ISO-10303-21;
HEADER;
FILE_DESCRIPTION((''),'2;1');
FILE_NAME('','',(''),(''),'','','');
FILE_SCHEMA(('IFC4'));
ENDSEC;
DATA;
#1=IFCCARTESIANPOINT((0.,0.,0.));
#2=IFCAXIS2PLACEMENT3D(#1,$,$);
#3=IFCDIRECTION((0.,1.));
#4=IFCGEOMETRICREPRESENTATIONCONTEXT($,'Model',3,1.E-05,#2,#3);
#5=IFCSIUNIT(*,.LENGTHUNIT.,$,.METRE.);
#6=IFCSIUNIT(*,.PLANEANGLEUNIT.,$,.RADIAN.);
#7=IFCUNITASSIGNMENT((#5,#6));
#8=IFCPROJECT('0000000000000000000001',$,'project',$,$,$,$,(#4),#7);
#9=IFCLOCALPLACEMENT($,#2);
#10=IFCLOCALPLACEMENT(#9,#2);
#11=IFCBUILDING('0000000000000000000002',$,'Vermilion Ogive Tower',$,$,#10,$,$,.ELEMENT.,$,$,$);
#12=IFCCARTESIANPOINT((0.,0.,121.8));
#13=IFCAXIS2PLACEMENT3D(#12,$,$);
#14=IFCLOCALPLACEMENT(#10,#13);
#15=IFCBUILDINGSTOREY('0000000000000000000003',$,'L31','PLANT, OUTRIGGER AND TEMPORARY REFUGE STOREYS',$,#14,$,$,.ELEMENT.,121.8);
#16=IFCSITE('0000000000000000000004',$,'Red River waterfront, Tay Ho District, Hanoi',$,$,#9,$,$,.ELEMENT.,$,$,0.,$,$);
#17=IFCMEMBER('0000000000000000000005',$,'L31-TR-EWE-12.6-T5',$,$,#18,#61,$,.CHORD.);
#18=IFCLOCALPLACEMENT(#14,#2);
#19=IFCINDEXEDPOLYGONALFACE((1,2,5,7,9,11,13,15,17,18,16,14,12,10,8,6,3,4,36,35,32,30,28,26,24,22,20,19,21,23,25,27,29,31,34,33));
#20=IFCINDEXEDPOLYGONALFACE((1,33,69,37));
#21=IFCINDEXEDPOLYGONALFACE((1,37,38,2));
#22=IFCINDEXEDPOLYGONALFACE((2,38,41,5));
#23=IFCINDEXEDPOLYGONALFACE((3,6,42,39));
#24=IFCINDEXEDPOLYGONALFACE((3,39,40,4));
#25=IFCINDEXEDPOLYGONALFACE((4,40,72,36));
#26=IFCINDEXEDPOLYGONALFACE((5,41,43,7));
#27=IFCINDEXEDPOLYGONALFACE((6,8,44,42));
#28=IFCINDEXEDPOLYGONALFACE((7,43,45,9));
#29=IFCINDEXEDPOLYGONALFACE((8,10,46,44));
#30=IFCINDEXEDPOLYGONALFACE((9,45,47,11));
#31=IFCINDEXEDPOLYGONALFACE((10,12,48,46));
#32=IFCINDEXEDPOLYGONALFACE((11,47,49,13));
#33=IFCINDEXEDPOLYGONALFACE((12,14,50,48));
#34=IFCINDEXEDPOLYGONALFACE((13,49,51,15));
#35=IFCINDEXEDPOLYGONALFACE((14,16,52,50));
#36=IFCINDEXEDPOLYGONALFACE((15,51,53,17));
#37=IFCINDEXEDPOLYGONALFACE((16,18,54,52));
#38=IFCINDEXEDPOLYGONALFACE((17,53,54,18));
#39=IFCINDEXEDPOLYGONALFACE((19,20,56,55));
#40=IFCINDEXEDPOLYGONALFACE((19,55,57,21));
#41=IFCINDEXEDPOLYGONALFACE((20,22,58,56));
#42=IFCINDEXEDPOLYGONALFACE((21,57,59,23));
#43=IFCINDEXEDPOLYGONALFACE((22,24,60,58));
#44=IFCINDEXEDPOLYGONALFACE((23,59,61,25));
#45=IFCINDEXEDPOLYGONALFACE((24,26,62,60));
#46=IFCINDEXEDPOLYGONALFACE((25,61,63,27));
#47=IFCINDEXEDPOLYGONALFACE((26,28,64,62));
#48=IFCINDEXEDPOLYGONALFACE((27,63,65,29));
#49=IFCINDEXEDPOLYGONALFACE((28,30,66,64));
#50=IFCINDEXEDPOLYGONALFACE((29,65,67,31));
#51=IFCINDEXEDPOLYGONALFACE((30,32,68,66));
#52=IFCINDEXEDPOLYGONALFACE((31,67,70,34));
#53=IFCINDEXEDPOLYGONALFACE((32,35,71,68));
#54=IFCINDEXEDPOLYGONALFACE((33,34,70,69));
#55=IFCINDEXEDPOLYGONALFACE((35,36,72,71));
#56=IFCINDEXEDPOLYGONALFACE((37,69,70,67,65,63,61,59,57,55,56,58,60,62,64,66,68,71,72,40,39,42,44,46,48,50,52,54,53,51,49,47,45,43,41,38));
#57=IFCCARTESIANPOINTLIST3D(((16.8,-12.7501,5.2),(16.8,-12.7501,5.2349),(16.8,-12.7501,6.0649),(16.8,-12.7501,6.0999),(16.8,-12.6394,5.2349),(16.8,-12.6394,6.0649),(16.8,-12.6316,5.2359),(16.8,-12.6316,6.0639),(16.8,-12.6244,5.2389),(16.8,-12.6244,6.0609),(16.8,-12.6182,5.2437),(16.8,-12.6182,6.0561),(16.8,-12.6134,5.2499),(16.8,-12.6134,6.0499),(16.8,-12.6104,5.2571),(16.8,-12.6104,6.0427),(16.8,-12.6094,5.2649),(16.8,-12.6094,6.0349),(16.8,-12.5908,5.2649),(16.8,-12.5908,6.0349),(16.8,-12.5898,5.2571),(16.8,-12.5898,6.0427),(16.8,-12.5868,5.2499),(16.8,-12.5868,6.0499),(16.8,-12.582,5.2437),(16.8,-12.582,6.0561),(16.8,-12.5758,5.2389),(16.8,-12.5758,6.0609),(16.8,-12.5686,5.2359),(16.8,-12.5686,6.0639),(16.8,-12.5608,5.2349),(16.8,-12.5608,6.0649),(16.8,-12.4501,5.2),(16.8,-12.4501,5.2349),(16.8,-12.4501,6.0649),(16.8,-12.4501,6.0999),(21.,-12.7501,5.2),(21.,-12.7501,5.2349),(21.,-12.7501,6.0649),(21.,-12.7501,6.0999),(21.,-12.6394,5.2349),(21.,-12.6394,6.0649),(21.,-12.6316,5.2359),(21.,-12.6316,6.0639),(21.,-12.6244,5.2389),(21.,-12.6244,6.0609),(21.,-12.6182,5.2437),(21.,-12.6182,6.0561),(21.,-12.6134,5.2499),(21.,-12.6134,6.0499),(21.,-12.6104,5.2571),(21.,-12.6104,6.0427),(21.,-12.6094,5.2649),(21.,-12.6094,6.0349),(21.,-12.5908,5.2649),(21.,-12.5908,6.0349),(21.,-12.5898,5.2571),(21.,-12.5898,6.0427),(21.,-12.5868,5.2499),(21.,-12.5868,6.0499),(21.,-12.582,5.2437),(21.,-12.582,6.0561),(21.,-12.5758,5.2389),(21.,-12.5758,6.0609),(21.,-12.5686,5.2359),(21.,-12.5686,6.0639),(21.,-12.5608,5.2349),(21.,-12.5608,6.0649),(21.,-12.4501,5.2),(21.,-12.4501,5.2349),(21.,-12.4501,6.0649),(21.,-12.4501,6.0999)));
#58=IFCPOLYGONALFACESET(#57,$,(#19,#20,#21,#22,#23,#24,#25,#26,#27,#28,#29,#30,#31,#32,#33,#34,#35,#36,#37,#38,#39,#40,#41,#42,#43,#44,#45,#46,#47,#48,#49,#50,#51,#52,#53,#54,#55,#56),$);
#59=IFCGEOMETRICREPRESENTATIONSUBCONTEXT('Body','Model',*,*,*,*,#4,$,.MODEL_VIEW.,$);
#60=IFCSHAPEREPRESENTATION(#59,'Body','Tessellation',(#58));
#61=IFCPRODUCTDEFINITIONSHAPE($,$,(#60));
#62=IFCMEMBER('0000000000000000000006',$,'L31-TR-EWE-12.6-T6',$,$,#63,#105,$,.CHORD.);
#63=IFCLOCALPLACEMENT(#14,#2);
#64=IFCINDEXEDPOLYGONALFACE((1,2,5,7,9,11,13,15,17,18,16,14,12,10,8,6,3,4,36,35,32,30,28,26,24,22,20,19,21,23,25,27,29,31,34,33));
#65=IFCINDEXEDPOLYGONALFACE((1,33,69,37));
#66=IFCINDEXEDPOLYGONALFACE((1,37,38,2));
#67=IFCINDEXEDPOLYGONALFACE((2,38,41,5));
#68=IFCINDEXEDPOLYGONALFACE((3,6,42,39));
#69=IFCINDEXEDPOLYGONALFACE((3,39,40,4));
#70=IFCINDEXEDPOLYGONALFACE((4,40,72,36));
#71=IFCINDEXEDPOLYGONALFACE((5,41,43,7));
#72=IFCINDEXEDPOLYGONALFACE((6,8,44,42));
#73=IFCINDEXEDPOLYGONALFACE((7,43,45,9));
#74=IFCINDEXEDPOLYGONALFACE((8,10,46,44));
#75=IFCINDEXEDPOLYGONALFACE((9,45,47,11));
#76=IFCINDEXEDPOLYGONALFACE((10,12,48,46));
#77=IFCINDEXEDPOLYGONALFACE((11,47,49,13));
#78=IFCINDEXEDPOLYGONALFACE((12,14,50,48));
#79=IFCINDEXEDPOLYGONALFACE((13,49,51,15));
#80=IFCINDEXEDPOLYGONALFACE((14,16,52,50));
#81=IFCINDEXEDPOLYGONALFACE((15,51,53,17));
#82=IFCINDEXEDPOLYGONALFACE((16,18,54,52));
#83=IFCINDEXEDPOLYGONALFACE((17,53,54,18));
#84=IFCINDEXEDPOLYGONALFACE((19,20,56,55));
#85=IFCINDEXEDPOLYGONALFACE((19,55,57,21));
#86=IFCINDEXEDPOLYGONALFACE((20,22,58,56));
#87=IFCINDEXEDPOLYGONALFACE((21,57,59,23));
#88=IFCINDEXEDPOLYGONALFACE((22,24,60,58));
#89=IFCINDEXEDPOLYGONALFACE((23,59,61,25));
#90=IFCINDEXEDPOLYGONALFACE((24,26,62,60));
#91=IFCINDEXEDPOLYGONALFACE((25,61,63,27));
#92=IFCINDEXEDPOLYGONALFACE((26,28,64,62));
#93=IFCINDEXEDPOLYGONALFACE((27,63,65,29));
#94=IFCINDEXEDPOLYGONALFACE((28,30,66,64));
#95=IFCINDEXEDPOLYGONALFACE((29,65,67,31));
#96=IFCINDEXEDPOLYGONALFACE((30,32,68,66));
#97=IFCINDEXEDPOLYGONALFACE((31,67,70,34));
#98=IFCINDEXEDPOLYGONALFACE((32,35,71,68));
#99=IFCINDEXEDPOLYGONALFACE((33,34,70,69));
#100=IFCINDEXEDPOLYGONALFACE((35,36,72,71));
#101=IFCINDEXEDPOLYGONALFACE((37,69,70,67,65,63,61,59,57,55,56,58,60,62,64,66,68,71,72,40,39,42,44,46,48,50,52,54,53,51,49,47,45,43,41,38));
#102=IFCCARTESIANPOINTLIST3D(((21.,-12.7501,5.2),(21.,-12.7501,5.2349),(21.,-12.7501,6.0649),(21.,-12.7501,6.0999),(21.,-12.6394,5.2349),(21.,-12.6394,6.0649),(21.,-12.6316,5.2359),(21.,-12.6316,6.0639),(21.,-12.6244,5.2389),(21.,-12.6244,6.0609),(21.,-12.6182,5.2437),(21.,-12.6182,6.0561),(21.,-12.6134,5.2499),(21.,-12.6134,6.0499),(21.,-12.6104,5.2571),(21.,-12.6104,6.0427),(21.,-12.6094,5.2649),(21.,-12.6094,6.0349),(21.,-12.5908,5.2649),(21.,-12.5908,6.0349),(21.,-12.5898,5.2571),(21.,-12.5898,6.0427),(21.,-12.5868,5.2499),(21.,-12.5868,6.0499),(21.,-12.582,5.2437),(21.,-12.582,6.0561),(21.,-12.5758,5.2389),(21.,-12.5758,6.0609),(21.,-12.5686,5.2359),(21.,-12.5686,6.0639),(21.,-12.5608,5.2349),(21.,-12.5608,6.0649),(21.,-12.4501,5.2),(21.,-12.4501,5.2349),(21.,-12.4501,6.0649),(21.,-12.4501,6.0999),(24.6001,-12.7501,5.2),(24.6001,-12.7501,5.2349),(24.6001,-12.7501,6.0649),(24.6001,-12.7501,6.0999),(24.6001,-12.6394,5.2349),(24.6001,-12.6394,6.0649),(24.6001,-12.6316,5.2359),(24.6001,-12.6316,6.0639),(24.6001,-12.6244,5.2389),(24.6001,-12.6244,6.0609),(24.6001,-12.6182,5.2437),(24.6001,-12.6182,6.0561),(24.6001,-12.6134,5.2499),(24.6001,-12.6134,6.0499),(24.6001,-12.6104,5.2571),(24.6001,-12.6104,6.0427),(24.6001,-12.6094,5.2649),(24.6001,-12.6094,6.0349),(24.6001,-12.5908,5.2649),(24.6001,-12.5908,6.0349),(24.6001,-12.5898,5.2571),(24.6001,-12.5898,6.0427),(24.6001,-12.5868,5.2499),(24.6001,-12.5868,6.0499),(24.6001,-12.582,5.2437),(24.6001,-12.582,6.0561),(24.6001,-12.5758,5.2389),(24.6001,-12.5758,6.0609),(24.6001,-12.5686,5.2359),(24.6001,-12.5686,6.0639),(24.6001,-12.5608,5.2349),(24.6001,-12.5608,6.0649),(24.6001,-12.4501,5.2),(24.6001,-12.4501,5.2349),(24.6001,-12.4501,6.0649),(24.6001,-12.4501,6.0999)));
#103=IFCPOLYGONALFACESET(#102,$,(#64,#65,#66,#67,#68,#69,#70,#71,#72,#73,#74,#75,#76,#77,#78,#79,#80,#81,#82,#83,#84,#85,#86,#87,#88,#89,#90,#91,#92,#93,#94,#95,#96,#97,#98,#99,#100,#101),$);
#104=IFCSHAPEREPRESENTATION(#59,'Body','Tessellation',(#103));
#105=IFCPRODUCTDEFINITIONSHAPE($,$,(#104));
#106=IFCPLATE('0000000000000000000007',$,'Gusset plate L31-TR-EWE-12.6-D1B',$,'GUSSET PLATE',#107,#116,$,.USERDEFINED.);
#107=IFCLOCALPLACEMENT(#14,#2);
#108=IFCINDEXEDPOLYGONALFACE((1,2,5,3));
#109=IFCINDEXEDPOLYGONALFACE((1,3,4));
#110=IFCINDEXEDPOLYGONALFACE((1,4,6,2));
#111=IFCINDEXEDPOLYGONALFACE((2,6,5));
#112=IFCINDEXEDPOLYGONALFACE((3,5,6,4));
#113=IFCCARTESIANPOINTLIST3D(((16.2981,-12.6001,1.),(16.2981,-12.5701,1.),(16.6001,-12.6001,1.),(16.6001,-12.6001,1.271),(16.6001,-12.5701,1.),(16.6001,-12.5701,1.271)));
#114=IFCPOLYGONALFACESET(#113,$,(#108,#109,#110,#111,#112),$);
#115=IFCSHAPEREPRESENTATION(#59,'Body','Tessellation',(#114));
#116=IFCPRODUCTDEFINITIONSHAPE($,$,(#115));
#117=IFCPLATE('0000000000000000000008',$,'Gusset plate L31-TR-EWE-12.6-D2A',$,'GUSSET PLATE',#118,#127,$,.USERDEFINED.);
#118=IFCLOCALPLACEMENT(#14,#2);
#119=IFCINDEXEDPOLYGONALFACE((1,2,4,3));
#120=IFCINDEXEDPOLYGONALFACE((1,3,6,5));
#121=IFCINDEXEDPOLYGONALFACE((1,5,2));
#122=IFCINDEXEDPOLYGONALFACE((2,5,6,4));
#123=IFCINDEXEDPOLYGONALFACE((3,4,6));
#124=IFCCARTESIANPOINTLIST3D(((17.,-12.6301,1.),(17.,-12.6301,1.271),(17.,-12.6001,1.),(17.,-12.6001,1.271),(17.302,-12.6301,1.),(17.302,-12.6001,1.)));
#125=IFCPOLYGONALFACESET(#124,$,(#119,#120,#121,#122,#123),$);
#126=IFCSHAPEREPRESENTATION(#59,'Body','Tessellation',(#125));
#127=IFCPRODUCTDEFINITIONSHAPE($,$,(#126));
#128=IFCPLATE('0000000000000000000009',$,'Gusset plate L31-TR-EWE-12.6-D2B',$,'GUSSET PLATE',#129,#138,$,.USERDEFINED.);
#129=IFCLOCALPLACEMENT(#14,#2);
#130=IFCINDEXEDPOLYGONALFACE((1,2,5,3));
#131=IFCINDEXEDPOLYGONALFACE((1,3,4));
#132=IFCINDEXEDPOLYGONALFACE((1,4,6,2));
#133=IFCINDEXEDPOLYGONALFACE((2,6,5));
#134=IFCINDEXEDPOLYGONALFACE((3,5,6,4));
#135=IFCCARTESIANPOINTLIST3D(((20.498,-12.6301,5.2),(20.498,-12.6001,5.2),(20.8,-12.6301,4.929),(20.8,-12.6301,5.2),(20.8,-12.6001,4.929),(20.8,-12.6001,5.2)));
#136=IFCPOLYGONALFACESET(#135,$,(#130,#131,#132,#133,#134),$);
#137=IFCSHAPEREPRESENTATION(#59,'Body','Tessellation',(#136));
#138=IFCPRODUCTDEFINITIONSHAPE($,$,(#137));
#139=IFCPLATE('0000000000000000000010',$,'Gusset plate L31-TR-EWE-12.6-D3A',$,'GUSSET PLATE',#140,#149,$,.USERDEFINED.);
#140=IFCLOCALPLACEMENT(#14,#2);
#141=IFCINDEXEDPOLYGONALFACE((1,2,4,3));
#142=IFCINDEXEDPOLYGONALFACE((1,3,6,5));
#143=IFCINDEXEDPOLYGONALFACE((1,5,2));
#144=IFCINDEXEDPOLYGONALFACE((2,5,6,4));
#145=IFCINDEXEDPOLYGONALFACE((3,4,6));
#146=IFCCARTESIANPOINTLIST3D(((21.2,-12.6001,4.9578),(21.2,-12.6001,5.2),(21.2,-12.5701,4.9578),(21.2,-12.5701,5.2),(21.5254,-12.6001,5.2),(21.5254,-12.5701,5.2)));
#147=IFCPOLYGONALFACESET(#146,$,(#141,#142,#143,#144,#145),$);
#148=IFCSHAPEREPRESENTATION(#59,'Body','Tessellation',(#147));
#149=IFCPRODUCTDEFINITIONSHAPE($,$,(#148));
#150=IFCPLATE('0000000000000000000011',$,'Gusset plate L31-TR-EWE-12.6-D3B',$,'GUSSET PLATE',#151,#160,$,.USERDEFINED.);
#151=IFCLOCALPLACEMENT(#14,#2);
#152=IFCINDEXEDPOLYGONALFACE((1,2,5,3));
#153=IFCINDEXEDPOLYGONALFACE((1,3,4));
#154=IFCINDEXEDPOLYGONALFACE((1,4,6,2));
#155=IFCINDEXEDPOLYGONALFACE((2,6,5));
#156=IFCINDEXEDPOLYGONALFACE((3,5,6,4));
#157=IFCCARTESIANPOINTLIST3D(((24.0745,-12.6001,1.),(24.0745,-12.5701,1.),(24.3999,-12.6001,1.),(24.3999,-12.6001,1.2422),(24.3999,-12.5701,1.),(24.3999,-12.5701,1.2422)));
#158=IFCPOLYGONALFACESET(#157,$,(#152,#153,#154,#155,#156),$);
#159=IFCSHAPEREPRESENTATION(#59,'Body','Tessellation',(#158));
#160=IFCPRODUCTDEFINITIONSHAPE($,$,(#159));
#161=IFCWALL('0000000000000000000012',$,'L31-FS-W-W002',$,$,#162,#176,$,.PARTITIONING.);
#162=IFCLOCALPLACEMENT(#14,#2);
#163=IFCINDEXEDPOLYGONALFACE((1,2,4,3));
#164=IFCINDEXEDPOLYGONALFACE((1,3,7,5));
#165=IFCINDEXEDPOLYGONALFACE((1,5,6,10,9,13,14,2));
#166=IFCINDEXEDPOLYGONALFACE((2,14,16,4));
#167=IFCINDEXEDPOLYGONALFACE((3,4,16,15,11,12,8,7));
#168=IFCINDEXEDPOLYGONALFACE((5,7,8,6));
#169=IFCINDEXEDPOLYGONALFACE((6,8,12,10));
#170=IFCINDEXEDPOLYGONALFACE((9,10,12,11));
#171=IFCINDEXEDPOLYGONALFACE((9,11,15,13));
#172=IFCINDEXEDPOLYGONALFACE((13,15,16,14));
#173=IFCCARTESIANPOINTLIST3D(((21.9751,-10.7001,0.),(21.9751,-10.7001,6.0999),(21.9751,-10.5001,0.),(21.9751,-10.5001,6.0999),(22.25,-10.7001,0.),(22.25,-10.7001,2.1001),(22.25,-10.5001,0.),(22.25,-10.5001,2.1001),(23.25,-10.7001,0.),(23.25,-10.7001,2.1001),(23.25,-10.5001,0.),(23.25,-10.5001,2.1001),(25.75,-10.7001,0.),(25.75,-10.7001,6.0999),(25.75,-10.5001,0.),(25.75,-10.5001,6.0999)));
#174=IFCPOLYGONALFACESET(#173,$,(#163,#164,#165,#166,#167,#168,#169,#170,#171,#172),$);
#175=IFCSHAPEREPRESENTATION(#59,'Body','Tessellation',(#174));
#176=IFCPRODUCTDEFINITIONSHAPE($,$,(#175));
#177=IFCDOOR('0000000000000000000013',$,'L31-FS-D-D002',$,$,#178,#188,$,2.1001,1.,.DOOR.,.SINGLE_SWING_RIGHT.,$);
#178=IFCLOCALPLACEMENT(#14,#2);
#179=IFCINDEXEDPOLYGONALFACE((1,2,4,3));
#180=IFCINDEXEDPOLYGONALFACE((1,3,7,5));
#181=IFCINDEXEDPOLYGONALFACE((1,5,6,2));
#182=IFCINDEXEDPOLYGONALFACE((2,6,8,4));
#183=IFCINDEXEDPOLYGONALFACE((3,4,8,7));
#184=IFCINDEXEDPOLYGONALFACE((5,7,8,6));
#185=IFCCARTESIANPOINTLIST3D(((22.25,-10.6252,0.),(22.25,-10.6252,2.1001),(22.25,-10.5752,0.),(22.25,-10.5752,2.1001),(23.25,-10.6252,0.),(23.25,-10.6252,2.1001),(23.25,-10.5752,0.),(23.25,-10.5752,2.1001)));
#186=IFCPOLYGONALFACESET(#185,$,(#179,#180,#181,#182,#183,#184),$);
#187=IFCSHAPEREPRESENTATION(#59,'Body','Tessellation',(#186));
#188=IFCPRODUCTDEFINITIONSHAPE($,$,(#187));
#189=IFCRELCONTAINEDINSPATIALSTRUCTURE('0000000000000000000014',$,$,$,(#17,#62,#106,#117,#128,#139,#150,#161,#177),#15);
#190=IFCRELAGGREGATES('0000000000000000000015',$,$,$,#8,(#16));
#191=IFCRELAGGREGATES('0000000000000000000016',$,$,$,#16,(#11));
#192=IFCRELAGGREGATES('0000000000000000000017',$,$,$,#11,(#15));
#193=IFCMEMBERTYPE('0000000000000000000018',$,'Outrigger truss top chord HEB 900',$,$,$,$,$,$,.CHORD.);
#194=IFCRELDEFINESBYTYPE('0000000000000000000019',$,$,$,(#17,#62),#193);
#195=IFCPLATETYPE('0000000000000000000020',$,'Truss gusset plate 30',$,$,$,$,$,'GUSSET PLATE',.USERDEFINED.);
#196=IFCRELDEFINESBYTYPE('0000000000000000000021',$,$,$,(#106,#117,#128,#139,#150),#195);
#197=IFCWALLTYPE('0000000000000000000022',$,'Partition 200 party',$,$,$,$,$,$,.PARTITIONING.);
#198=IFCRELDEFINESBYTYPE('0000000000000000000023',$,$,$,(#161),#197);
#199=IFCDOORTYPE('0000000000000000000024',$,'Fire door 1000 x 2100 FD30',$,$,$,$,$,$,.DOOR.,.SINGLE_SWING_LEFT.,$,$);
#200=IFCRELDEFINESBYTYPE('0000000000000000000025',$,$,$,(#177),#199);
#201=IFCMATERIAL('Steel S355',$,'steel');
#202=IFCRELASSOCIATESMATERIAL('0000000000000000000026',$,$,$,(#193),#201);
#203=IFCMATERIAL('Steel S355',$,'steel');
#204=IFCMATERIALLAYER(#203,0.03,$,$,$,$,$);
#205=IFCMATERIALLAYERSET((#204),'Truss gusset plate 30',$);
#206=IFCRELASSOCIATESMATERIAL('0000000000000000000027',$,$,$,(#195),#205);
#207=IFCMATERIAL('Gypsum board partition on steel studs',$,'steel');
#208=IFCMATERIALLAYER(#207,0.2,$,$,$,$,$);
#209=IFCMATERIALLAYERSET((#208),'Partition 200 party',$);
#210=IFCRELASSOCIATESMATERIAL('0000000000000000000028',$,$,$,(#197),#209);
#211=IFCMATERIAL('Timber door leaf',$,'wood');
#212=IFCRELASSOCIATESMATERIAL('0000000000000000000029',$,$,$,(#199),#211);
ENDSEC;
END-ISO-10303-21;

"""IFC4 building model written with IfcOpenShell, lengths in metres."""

from ifc_helpers import new_model, si_unit, direction, frame, frame_2d, origin, origin_2d, place, context, subcontext, project, spatial, polyline, rectangle, i_section, outline, extrude, material, layer, layer_set, material_profile, profile_set, type_object, element, fill, save


model = new_model("IFC4")

# Units and contexts
model_context = context("Model", 3, precision=1e-05, world=origin(), true_north=direction((0.0, 1.0)))
body_context = subcontext(model_context, "Body", "Model", "MODEL_VIEW")
ifc_project = project(units=[si_unit("LENGTHUNIT", "METRE"), si_unit("PLANEANGLEUNIT", "RADIAN")], contexts=[model_context])

# Site, building, storey
site_placement = place(None, origin())
site = spatial("IfcSite", under=ifc_project, at=site_placement, Name="Red River waterfront, Tay Ho District, Hanoi", CompositionType="ELEMENT", RefElevation=0.0)
building_placement = place(site_placement, origin())
building = spatial("IfcBuilding", under=site, at=building_placement, Name="Vermilion Ogive Tower", CompositionType="ELEMENT")
storey_placement = place(building_placement, frame((0.0, 0.0, 121.8)))
storey = spatial("IfcBuildingStorey", under=building, at=storey_placement, Name="L31", Description="PLANT, OUTRIGGER AND TEMPORARY REFUGE STOREYS", CompositionType="ELEMENT", Elevation=121.8)

# Members
ifc_material_1 = material(Name="Steel S355", Category="steel")
ifc_material_profile_1 = material_profile(ifc_material_1, i_section(OverallWidth=0.3, OverallDepth=0.8999, WebThickness=0.0186, FlangeThickness=0.0349, FilletRadius=0.03, at=origin_2d()), Name="HEB 900")
ifc_profile_set_1 = profile_set([ifc_material_profile_1], Name="Steel S355")
member_type_1 = type_object("IfcMemberType", Name="Outrigger truss top chord HEB 900", PredefinedType="CHORD", material=ifc_profile_set_1)
member_1_placement = place(storey_placement, frame((16.8, -12.6001, 5.6499), z_axis=(1.0, 0.0, 0.0), x_axis=(0.0, 1.0, 0.0)))
element("IfcMember", 1, at=member_1_placement, inside=storey, type_object=member_type_1, Name="L31-TR-EWE-12.6-T5", PredefinedType="CHORD", context=body_context, shape_type="SweptSolid", body=[
    extrude(i_section(OverallWidth=0.3, OverallDepth=0.8999, WebThickness=0.0186, FlangeThickness=0.0349, FilletRadius=0.03, at=origin_2d()), origin(), (0.0, 0.0, 1.0), 4.2),
])
member_2_placement = place(storey_placement, frame((21.0, -12.6001, 5.6499), z_axis=(1.0, 0.0, 0.0), x_axis=(0.0, 1.0, 0.0)))
element("IfcMember", 2, at=member_2_placement, inside=storey, type_object=member_type_1, Name="L31-TR-EWE-12.6-T6", PredefinedType="CHORD", context=body_context, shape_type="SweptSolid", body=[
    extrude(i_section(OverallWidth=0.3, OverallDepth=0.8999, WebThickness=0.0186, FlangeThickness=0.0349, FilletRadius=0.03, at=origin_2d()), origin(), (0.0, 0.0, 1.0), 3.6001),
])

# Plates
ifc_material_2 = material(Name="Steel S355", Category="steel")
ifc_layer_1 = layer(ifc_material_2, 0.03)
ifc_layer_set_1 = layer_set([ifc_layer_1], Name="Truss gusset plate 30")
plate_type = type_object("IfcPlateType", Name="Truss gusset plate 30", ElementType="GUSSET PLATE", PredefinedType="USERDEFINED", material=ifc_layer_set_1)
for number, where, z_axis, x_axis, name in (
    (3, (16.6001, -12.6001, 1.271), (0.0, -1.0, 0.0), (-0.744281, 0.0, -0.667867), "Gusset plate L31-TR-EWE-12.6-D1B"),
    (4, (17.0, -12.6001, 1.271), (0.0, 1.0, 0.0), (0.744281, 0.0, -0.667867), "Gusset plate L31-TR-EWE-12.6-D2A"),
    (5, (20.8, -12.6001, 4.929), (0.0, 1.0, 0.0), (-0.744281, 0.0, 0.667867), "Gusset plate L31-TR-EWE-12.6-D2B"),
):
    element("IfcPlate", number, at=place(storey_placement, frame(where, z_axis=z_axis, x_axis=x_axis)), inside=storey, type_object=plate_type, Name=name, ObjectType="GUSSET PLATE", PredefinedType="USERDEFINED", context=body_context, shape_type="SweptSolid", body=[
        extrude(outline(polyline([(0.0, 0.0), (0.4058, 0.0), (0.181, 0.2017), (0.0, 0.0)])), origin(), (0.0, 0.0, -1.0), 0.03),
    ])
for number, where, z_axis, x_axis, name in (
    (6, (21.2, -12.6001, 4.9578), (0.0, -1.0, 0.0), (0.802233, 0.0, 0.597011), "Gusset plate L31-TR-EWE-12.6-D3A"),
    (7, (24.3999, -12.6001, 1.2422), (0.0, -1.0, 0.0), (-0.802233, 0.0, -0.597011), "Gusset plate L31-TR-EWE-12.6-D3B"),
):
    element("IfcPlate", number, at=place(storey_placement, frame(where, z_axis=z_axis, x_axis=x_axis)), inside=storey, type_object=plate_type, Name=name, ObjectType="GUSSET PLATE", PredefinedType="USERDEFINED", context=body_context, shape_type="SweptSolid", body=[
        extrude(outline(polyline([(0.0, 0.0), (0.4057, 0.0), (0.1446, 0.1943), (0.0, 0.0)])), origin(), (0.0, 0.0, -1.0), 0.03),
    ])

# Wall, opening, door
ifc_material_3 = material(Name="Gypsum board partition on steel studs", Category="steel")
ifc_layer_2 = layer(ifc_material_3, 0.2)
ifc_layer_set_2 = layer_set([ifc_layer_2], Name="Partition 200 party")
wall_type = type_object("IfcWallType", Name="Partition 200 party", PredefinedType="PARTITIONING", material=ifc_layer_set_2)
wall_placement = place(storey_placement, frame((21.9751, -10.6001, 0.0), z_axis=(0.0, 0.0, 1.0), x_axis=(1.0, 0.0, 0.0)))
wall = element("IfcWall", 8, at=wall_placement, inside=storey, type_object=wall_type, Name="L31-FS-W-W002", PredefinedType="PARTITIONING", context=body_context, shape_type="SweptSolid", body=[
    extrude(rectangle(XDim=3.7749, YDim=0.2, at=frame_2d((1.8875, 0.0))), origin(), (0.0, 0.0, 1.0), 6.0999),
])
opening_placement = place(wall_placement, frame((0.2749, 0.0, 0.0)))
opening = element("IfcOpeningElement", 9, at=opening_placement, cuts=wall, PredefinedType="OPENING", context=body_context, shape_type="SweptSolid", body=[
    extrude(rectangle(XDim=1.0, YDim=2.1001, at=frame_2d((0.5, 1.05))), frame((0.0, 0.1099, 0.0), z_axis=(0.0, -1.0, 0.0), x_axis=(1.0, 0.0, 0.0)), (0.0, 0.0, 1.0), 0.22),
])
ifc_material_4 = material(Name="Timber door leaf", Category="wood")
door_type = type_object("IfcDoorType", Name="Fire door 1000 x 2100 FD30", OperationType="SINGLE_SWING_LEFT", PredefinedType="DOOR", material=ifc_material_4)
door_placement = place(opening_placement, origin())
door = element("IfcDoor", 10, at=door_placement, inside=storey, type_object=door_type, Name="L31-FS-D-D002", OperationType="SINGLE_SWING_RIGHT", OverallHeight=2.1001, OverallWidth=1.0, PredefinedType="DOOR", context=body_context, shape_type="SweptSolid", body=[
    extrude(rectangle(XDim=1.0, YDim=2.1001, at=frame_2d((0.5, 1.05))), frame((0.0, 0.0249, 0.0), z_axis=(0.0, -1.0, 0.0), x_axis=(1.0, 0.0, 0.0)), (0.0, 0.0, 1.0), 0.05),
])
fill(opening, door)

save(model, "model.ifc")
